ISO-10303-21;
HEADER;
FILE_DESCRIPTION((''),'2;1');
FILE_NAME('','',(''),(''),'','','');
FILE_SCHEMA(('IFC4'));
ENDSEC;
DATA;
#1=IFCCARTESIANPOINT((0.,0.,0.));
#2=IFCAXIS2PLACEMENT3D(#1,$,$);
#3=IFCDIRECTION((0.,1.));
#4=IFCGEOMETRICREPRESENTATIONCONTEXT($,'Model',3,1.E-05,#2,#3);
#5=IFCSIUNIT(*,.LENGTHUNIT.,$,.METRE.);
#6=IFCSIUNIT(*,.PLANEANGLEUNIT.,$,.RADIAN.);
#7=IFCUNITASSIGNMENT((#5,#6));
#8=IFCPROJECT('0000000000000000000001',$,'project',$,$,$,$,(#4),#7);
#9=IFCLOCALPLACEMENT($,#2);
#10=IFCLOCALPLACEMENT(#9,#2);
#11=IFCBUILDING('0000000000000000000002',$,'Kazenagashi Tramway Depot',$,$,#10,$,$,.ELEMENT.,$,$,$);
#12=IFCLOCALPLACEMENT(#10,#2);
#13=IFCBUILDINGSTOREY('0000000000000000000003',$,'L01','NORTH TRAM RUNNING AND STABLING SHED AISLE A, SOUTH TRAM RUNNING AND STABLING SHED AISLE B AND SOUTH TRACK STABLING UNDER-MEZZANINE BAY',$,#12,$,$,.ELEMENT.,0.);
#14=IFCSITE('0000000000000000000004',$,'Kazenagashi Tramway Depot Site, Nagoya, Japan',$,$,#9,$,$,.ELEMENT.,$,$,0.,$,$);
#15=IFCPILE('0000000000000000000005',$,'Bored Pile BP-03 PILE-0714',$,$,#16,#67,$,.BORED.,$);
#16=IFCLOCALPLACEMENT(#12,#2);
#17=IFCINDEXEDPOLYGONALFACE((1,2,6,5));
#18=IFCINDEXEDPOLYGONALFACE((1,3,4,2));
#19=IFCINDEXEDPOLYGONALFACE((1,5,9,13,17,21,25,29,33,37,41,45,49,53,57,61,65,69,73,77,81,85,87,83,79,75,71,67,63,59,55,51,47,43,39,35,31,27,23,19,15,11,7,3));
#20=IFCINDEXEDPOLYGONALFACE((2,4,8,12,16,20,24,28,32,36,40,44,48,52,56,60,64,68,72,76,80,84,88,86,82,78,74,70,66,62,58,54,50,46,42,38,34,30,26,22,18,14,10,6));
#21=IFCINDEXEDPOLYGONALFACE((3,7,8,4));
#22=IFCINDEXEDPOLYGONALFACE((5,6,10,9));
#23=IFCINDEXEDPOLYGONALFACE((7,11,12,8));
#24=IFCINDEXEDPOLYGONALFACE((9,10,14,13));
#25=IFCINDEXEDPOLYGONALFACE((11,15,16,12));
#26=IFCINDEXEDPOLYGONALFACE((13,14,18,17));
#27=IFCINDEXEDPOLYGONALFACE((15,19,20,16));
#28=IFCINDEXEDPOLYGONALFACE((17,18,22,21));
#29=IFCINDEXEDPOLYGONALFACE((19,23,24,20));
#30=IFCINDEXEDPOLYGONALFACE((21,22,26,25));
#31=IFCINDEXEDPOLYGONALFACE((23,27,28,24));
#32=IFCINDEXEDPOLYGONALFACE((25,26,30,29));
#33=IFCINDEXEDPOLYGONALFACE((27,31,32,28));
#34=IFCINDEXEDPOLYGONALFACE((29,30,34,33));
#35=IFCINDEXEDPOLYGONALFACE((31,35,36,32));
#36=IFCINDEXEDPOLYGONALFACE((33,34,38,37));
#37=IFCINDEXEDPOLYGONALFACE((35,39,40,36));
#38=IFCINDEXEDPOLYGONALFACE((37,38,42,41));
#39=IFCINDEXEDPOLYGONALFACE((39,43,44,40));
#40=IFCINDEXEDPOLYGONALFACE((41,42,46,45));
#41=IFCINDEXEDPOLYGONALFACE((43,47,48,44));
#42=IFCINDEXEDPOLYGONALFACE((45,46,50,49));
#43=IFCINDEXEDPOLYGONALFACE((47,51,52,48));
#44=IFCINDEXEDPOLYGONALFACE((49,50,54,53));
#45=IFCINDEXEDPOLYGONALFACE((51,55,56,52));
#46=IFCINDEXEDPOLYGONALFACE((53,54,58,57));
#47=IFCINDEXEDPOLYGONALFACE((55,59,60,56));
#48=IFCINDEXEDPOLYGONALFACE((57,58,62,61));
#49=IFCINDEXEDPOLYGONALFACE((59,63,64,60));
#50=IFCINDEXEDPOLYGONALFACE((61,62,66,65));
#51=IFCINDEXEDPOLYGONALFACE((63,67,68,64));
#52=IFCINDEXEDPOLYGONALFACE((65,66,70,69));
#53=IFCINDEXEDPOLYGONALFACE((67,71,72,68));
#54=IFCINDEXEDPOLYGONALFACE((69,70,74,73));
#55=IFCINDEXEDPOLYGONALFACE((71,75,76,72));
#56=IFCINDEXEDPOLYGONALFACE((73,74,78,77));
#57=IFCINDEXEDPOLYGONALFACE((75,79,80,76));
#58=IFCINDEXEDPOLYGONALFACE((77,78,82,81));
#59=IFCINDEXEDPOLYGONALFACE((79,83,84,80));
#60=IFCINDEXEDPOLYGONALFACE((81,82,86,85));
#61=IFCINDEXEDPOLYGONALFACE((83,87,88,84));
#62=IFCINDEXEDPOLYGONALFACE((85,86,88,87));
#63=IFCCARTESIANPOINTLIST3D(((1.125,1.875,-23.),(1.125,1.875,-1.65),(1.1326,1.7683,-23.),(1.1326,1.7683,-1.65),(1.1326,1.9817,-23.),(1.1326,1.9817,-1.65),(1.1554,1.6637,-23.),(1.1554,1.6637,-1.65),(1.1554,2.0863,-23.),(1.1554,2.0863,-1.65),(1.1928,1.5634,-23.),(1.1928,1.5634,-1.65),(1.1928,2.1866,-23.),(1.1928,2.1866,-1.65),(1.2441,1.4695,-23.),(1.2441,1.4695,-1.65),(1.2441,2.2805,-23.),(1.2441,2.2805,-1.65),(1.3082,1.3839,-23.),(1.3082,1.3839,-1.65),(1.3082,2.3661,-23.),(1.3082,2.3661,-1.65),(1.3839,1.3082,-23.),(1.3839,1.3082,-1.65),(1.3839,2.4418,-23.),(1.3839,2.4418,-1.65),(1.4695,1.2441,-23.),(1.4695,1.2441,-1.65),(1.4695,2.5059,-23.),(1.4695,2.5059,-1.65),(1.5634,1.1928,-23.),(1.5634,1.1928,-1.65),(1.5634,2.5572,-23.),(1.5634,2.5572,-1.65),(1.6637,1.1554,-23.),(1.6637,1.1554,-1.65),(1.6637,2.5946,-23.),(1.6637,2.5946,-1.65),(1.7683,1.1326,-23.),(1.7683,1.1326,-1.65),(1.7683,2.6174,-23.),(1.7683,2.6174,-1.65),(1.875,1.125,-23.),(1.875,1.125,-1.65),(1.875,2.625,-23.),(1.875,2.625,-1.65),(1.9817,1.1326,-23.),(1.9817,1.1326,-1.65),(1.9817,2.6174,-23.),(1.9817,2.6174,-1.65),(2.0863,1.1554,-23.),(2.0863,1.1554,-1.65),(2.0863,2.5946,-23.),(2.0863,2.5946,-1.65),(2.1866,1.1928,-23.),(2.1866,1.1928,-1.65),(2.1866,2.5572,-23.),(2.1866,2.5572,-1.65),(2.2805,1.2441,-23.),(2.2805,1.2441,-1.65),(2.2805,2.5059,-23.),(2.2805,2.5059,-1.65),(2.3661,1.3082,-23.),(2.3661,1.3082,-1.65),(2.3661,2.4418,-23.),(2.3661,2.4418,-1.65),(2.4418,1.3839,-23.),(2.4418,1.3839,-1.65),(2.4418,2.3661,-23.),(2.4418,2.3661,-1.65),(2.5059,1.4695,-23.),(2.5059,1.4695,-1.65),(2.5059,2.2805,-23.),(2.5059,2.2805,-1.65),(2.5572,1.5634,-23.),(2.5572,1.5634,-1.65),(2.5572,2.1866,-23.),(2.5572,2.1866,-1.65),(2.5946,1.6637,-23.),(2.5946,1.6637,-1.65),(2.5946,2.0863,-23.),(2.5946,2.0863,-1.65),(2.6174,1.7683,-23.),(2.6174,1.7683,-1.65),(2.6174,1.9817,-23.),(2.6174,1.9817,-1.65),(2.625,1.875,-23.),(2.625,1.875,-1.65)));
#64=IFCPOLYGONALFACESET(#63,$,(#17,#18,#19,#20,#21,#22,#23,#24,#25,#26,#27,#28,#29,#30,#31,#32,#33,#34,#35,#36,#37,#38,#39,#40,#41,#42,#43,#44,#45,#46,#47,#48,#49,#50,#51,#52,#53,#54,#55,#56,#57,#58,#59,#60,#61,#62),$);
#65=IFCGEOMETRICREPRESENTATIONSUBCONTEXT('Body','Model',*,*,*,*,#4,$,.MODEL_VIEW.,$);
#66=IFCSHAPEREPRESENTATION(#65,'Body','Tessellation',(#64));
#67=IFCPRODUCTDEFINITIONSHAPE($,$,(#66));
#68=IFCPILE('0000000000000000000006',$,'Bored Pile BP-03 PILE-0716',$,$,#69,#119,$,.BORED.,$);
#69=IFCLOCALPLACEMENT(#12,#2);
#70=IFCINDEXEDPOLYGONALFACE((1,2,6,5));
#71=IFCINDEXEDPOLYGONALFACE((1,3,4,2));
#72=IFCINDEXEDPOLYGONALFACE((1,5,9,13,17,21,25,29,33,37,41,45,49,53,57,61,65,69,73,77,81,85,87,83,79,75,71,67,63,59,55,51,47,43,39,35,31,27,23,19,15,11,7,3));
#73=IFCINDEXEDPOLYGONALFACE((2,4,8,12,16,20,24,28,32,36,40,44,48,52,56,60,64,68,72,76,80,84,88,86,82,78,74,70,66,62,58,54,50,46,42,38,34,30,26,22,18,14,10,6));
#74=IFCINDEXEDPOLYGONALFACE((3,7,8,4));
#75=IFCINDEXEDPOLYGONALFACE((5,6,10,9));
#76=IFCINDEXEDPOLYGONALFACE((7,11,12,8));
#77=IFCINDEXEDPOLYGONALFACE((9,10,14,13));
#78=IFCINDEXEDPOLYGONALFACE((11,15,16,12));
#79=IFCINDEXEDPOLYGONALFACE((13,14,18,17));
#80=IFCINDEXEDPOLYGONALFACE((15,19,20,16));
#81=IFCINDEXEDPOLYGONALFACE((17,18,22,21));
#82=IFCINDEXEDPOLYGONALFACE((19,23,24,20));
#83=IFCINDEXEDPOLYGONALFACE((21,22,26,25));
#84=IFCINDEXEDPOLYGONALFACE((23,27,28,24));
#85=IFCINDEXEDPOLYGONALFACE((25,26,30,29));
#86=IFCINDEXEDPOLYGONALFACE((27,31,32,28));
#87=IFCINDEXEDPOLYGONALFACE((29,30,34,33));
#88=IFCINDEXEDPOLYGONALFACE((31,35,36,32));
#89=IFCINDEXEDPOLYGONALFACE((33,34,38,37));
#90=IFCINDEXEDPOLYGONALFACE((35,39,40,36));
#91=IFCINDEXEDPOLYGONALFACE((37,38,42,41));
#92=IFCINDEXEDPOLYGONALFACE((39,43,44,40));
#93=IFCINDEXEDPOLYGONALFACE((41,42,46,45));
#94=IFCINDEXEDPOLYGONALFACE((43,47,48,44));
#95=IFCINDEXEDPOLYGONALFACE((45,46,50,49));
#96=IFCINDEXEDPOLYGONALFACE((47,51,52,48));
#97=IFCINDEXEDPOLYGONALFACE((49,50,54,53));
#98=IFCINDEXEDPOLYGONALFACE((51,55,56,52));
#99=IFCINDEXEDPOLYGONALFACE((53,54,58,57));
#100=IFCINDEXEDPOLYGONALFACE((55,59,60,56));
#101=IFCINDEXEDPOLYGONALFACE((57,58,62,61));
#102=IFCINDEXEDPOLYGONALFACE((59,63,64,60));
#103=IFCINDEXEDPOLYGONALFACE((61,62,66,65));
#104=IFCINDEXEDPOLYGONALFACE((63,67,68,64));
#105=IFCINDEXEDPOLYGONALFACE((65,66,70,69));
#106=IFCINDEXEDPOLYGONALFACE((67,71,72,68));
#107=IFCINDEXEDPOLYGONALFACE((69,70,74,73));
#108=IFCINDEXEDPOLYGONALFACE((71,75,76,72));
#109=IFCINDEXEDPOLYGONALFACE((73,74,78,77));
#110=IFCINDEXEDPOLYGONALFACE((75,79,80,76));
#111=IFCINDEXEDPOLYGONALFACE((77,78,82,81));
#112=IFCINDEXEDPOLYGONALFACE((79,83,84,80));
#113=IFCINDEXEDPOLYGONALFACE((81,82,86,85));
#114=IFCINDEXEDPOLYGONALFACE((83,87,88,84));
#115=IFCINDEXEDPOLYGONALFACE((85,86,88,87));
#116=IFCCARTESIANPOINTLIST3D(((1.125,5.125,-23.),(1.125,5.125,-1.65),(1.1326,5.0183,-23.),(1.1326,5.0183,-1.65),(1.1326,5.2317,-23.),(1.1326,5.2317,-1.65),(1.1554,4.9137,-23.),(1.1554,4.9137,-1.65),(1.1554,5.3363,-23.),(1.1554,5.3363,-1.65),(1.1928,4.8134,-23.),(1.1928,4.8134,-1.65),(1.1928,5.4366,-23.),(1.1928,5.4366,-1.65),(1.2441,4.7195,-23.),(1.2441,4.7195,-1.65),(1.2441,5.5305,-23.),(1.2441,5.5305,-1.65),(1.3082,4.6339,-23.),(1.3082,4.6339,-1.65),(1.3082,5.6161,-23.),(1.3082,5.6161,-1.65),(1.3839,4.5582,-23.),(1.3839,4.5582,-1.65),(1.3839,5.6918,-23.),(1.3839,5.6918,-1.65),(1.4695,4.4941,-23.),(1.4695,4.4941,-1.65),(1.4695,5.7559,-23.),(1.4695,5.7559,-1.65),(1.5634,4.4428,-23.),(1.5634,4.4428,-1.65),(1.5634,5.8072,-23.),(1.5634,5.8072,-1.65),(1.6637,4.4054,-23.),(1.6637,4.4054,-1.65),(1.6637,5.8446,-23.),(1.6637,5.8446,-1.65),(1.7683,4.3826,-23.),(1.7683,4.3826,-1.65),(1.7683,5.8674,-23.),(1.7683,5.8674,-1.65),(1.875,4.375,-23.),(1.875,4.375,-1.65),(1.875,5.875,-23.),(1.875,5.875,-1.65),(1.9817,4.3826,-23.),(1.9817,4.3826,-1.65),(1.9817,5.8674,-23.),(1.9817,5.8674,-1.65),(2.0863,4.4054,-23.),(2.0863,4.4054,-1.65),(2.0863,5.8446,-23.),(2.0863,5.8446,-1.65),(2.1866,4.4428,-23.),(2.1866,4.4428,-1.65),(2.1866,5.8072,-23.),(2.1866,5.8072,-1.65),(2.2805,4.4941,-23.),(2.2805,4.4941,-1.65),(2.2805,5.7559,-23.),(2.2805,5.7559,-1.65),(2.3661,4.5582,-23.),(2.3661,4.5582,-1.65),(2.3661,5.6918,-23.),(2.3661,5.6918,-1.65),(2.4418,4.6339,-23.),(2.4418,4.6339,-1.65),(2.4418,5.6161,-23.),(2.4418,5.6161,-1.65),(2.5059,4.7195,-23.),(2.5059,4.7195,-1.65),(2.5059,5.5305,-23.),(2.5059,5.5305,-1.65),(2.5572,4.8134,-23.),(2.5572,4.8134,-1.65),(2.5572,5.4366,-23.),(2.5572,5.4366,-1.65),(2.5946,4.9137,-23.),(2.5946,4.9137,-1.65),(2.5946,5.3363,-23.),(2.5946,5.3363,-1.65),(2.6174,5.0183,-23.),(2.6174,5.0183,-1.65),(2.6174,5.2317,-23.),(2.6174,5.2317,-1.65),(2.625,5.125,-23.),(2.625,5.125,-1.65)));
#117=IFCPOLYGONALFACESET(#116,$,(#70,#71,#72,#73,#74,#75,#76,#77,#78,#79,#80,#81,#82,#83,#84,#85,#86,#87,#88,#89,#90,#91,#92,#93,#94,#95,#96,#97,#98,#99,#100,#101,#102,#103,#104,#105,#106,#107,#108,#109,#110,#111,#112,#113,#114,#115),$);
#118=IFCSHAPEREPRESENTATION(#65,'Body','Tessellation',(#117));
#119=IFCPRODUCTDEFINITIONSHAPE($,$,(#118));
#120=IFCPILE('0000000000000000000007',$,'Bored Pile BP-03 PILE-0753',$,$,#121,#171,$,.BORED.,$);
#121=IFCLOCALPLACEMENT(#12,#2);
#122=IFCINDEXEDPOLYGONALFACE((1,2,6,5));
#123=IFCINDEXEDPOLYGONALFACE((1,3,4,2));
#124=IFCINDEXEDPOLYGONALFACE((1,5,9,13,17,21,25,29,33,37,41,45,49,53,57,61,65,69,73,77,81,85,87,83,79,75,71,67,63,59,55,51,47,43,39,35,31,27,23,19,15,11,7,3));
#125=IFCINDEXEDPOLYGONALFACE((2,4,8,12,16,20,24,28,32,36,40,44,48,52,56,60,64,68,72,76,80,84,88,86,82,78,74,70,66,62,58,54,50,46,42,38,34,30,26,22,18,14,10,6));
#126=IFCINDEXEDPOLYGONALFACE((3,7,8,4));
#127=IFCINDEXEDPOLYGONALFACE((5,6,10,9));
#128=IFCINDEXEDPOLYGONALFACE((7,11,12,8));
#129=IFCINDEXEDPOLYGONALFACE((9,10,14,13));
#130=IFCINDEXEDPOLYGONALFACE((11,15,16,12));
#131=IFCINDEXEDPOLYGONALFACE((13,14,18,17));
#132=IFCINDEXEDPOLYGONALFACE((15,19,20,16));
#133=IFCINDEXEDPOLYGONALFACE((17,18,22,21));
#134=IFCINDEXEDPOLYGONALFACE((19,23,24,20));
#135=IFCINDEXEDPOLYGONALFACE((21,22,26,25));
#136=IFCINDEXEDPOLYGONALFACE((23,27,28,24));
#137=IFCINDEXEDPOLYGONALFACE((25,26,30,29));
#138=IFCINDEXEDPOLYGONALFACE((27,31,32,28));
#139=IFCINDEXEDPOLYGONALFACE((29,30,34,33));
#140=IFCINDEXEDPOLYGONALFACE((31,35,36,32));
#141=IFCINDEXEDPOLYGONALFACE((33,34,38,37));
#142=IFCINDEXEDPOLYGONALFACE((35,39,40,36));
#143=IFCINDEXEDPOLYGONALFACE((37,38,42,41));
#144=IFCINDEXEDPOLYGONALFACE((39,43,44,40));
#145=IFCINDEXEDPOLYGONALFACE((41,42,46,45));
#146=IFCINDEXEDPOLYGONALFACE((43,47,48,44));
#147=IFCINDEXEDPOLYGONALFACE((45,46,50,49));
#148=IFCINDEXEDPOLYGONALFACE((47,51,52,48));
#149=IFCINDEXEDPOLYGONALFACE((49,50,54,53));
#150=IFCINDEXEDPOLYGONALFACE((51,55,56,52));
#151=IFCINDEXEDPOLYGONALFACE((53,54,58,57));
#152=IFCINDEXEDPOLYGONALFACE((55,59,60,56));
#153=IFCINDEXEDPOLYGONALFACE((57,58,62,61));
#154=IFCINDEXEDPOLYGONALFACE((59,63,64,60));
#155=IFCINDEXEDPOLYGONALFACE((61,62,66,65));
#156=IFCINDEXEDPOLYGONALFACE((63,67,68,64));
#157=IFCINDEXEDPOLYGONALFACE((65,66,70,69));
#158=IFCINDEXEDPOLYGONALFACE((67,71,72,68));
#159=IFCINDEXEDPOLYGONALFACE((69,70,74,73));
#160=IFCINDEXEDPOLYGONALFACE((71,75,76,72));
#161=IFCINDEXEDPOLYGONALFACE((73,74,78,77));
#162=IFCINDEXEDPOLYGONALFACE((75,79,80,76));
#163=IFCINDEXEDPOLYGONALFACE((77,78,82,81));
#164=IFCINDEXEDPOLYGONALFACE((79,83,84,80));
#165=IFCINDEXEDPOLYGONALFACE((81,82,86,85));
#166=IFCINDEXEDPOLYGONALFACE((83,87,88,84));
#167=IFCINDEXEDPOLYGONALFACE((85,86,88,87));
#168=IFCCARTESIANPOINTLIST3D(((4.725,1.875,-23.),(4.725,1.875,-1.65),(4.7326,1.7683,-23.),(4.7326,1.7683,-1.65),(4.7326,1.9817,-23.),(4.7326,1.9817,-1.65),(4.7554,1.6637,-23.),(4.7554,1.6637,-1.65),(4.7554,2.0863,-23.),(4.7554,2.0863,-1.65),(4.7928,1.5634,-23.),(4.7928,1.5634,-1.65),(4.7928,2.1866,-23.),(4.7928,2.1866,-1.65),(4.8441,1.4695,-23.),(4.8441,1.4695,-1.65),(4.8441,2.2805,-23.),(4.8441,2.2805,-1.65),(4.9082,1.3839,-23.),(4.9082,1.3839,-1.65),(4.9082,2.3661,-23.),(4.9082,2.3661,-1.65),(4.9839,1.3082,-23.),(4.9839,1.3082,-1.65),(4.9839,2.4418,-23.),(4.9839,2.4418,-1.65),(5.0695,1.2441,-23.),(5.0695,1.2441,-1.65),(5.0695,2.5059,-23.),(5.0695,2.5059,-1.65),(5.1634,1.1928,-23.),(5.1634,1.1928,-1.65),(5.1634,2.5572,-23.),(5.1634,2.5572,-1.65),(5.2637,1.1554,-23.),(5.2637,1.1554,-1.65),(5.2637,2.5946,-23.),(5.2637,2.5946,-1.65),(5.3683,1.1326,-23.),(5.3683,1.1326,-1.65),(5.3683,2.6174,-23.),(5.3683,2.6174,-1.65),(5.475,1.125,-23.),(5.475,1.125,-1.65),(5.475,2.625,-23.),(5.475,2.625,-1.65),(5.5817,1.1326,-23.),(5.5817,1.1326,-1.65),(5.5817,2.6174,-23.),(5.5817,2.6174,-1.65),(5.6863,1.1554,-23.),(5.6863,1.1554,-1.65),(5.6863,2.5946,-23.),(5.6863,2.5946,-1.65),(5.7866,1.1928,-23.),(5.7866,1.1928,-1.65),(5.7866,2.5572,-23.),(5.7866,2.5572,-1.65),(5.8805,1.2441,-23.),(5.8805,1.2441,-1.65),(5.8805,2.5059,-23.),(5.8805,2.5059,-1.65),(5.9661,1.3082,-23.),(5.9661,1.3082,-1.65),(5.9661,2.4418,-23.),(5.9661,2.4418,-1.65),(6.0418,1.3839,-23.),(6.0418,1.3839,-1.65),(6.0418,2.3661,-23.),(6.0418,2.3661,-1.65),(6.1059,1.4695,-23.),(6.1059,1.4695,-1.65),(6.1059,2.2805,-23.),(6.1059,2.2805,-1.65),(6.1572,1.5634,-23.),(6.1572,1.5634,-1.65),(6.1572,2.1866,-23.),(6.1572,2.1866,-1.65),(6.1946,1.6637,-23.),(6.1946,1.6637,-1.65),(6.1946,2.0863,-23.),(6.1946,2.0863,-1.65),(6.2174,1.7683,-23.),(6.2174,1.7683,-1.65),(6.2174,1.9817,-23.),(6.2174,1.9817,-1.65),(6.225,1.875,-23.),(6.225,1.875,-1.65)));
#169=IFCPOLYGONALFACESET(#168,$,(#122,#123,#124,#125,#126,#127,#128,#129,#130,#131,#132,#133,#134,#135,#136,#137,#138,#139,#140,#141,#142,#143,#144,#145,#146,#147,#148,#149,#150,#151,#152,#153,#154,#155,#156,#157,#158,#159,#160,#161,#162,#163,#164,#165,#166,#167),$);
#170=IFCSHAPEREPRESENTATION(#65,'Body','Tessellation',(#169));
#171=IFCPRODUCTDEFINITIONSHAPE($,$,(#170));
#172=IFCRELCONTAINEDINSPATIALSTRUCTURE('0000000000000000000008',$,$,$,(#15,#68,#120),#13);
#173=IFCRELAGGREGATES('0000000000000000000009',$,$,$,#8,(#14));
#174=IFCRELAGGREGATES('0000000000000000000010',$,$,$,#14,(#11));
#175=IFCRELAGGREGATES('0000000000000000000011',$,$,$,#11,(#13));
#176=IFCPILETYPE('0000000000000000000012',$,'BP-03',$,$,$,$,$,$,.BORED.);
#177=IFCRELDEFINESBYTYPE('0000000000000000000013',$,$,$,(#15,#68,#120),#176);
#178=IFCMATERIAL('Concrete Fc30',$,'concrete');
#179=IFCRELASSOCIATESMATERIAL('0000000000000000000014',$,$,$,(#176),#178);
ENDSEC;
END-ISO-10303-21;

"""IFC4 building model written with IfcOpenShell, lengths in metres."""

from ifc_helpers import new_model, si_unit, direction, frame, origin, origin_2d, place, context, subcontext, project, spatial, circle, extrude, material, material_profile, profile_set, type_object, element, save


model = new_model("IFC4")

# Units and contexts
model_context = context("Model", 3, precision=1e-05, world=origin(), true_north=direction((0.0, 1.0)))
body_context = subcontext(model_context, "Body", "Model", "MODEL_VIEW")
ifc_project = project(units=[si_unit("LENGTHUNIT", "METRE"), si_unit("PLANEANGLEUNIT", "RADIAN")], contexts=[model_context])

# Site, building, storey
site_placement = place(None, origin())
site = spatial("IfcSite", under=ifc_project, at=site_placement, Name="Kazenagashi Tramway Depot Site, Nagoya, Japan", CompositionType="ELEMENT", RefElevation=0.0)
building_placement = place(site_placement, origin())
building = spatial("IfcBuilding", under=site, at=building_placement, Name="Kazenagashi Tramway Depot", CompositionType="ELEMENT")
storey_placement = place(building_placement, origin())
storey = spatial("IfcBuildingStorey", under=building, at=storey_placement, Name="L01", Description="NORTH TRAM RUNNING AND STABLING SHED AISLE A, SOUTH TRAM RUNNING AND STABLING SHED AISLE B AND SOUTH TRACK STABLING UNDER-MEZZANINE BAY", CompositionType="ELEMENT", Elevation=0.0)

# Piles
ifc_material_1 = material(Name="Concrete Fc30", Category="concrete")
ifc_material_profile_1 = material_profile(ifc_material_1, circle(Radius=0.75, at=origin_2d()), Name="PILE-1500")
ifc_profile_set_1 = profile_set([ifc_material_profile_1], Name="Concrete Fc30")
pile_type = type_object("IfcPileType", Name="BP-03", PredefinedType="BORED", material=ifc_profile_set_1)
for number, where, z_axis, x_axis, name in (
    (1, (1.875, 1.875, -1.65), (0.0, 0.0, -1.0), (1.0, 0.0, 0.0), "Bored Pile BP-03 PILE-0714"),
    (2, (1.875, 5.125, -1.65), (0.0, 0.0, -1.0), (1.0, 0.0, 0.0), "Bored Pile BP-03 PILE-0716"),
    (3, (5.475, 1.875, -1.65), (0.0, 0.0, -1.0), (1.0, 0.0, 0.0), "Bored Pile BP-03 PILE-0753"),
):
    element("IfcPile", number, at=place(storey_placement, frame(where, z_axis=z_axis, x_axis=x_axis)), inside=storey, type_object=pile_type, Name=name, PredefinedType="BORED", context=body_context, shape_type="SweptSolid", body=[
        extrude(circle(Radius=0.75, at=origin_2d()), origin(), (0.0, 0.0, 1.0), 21.35),
    ])

save(model, "model.ifc")
